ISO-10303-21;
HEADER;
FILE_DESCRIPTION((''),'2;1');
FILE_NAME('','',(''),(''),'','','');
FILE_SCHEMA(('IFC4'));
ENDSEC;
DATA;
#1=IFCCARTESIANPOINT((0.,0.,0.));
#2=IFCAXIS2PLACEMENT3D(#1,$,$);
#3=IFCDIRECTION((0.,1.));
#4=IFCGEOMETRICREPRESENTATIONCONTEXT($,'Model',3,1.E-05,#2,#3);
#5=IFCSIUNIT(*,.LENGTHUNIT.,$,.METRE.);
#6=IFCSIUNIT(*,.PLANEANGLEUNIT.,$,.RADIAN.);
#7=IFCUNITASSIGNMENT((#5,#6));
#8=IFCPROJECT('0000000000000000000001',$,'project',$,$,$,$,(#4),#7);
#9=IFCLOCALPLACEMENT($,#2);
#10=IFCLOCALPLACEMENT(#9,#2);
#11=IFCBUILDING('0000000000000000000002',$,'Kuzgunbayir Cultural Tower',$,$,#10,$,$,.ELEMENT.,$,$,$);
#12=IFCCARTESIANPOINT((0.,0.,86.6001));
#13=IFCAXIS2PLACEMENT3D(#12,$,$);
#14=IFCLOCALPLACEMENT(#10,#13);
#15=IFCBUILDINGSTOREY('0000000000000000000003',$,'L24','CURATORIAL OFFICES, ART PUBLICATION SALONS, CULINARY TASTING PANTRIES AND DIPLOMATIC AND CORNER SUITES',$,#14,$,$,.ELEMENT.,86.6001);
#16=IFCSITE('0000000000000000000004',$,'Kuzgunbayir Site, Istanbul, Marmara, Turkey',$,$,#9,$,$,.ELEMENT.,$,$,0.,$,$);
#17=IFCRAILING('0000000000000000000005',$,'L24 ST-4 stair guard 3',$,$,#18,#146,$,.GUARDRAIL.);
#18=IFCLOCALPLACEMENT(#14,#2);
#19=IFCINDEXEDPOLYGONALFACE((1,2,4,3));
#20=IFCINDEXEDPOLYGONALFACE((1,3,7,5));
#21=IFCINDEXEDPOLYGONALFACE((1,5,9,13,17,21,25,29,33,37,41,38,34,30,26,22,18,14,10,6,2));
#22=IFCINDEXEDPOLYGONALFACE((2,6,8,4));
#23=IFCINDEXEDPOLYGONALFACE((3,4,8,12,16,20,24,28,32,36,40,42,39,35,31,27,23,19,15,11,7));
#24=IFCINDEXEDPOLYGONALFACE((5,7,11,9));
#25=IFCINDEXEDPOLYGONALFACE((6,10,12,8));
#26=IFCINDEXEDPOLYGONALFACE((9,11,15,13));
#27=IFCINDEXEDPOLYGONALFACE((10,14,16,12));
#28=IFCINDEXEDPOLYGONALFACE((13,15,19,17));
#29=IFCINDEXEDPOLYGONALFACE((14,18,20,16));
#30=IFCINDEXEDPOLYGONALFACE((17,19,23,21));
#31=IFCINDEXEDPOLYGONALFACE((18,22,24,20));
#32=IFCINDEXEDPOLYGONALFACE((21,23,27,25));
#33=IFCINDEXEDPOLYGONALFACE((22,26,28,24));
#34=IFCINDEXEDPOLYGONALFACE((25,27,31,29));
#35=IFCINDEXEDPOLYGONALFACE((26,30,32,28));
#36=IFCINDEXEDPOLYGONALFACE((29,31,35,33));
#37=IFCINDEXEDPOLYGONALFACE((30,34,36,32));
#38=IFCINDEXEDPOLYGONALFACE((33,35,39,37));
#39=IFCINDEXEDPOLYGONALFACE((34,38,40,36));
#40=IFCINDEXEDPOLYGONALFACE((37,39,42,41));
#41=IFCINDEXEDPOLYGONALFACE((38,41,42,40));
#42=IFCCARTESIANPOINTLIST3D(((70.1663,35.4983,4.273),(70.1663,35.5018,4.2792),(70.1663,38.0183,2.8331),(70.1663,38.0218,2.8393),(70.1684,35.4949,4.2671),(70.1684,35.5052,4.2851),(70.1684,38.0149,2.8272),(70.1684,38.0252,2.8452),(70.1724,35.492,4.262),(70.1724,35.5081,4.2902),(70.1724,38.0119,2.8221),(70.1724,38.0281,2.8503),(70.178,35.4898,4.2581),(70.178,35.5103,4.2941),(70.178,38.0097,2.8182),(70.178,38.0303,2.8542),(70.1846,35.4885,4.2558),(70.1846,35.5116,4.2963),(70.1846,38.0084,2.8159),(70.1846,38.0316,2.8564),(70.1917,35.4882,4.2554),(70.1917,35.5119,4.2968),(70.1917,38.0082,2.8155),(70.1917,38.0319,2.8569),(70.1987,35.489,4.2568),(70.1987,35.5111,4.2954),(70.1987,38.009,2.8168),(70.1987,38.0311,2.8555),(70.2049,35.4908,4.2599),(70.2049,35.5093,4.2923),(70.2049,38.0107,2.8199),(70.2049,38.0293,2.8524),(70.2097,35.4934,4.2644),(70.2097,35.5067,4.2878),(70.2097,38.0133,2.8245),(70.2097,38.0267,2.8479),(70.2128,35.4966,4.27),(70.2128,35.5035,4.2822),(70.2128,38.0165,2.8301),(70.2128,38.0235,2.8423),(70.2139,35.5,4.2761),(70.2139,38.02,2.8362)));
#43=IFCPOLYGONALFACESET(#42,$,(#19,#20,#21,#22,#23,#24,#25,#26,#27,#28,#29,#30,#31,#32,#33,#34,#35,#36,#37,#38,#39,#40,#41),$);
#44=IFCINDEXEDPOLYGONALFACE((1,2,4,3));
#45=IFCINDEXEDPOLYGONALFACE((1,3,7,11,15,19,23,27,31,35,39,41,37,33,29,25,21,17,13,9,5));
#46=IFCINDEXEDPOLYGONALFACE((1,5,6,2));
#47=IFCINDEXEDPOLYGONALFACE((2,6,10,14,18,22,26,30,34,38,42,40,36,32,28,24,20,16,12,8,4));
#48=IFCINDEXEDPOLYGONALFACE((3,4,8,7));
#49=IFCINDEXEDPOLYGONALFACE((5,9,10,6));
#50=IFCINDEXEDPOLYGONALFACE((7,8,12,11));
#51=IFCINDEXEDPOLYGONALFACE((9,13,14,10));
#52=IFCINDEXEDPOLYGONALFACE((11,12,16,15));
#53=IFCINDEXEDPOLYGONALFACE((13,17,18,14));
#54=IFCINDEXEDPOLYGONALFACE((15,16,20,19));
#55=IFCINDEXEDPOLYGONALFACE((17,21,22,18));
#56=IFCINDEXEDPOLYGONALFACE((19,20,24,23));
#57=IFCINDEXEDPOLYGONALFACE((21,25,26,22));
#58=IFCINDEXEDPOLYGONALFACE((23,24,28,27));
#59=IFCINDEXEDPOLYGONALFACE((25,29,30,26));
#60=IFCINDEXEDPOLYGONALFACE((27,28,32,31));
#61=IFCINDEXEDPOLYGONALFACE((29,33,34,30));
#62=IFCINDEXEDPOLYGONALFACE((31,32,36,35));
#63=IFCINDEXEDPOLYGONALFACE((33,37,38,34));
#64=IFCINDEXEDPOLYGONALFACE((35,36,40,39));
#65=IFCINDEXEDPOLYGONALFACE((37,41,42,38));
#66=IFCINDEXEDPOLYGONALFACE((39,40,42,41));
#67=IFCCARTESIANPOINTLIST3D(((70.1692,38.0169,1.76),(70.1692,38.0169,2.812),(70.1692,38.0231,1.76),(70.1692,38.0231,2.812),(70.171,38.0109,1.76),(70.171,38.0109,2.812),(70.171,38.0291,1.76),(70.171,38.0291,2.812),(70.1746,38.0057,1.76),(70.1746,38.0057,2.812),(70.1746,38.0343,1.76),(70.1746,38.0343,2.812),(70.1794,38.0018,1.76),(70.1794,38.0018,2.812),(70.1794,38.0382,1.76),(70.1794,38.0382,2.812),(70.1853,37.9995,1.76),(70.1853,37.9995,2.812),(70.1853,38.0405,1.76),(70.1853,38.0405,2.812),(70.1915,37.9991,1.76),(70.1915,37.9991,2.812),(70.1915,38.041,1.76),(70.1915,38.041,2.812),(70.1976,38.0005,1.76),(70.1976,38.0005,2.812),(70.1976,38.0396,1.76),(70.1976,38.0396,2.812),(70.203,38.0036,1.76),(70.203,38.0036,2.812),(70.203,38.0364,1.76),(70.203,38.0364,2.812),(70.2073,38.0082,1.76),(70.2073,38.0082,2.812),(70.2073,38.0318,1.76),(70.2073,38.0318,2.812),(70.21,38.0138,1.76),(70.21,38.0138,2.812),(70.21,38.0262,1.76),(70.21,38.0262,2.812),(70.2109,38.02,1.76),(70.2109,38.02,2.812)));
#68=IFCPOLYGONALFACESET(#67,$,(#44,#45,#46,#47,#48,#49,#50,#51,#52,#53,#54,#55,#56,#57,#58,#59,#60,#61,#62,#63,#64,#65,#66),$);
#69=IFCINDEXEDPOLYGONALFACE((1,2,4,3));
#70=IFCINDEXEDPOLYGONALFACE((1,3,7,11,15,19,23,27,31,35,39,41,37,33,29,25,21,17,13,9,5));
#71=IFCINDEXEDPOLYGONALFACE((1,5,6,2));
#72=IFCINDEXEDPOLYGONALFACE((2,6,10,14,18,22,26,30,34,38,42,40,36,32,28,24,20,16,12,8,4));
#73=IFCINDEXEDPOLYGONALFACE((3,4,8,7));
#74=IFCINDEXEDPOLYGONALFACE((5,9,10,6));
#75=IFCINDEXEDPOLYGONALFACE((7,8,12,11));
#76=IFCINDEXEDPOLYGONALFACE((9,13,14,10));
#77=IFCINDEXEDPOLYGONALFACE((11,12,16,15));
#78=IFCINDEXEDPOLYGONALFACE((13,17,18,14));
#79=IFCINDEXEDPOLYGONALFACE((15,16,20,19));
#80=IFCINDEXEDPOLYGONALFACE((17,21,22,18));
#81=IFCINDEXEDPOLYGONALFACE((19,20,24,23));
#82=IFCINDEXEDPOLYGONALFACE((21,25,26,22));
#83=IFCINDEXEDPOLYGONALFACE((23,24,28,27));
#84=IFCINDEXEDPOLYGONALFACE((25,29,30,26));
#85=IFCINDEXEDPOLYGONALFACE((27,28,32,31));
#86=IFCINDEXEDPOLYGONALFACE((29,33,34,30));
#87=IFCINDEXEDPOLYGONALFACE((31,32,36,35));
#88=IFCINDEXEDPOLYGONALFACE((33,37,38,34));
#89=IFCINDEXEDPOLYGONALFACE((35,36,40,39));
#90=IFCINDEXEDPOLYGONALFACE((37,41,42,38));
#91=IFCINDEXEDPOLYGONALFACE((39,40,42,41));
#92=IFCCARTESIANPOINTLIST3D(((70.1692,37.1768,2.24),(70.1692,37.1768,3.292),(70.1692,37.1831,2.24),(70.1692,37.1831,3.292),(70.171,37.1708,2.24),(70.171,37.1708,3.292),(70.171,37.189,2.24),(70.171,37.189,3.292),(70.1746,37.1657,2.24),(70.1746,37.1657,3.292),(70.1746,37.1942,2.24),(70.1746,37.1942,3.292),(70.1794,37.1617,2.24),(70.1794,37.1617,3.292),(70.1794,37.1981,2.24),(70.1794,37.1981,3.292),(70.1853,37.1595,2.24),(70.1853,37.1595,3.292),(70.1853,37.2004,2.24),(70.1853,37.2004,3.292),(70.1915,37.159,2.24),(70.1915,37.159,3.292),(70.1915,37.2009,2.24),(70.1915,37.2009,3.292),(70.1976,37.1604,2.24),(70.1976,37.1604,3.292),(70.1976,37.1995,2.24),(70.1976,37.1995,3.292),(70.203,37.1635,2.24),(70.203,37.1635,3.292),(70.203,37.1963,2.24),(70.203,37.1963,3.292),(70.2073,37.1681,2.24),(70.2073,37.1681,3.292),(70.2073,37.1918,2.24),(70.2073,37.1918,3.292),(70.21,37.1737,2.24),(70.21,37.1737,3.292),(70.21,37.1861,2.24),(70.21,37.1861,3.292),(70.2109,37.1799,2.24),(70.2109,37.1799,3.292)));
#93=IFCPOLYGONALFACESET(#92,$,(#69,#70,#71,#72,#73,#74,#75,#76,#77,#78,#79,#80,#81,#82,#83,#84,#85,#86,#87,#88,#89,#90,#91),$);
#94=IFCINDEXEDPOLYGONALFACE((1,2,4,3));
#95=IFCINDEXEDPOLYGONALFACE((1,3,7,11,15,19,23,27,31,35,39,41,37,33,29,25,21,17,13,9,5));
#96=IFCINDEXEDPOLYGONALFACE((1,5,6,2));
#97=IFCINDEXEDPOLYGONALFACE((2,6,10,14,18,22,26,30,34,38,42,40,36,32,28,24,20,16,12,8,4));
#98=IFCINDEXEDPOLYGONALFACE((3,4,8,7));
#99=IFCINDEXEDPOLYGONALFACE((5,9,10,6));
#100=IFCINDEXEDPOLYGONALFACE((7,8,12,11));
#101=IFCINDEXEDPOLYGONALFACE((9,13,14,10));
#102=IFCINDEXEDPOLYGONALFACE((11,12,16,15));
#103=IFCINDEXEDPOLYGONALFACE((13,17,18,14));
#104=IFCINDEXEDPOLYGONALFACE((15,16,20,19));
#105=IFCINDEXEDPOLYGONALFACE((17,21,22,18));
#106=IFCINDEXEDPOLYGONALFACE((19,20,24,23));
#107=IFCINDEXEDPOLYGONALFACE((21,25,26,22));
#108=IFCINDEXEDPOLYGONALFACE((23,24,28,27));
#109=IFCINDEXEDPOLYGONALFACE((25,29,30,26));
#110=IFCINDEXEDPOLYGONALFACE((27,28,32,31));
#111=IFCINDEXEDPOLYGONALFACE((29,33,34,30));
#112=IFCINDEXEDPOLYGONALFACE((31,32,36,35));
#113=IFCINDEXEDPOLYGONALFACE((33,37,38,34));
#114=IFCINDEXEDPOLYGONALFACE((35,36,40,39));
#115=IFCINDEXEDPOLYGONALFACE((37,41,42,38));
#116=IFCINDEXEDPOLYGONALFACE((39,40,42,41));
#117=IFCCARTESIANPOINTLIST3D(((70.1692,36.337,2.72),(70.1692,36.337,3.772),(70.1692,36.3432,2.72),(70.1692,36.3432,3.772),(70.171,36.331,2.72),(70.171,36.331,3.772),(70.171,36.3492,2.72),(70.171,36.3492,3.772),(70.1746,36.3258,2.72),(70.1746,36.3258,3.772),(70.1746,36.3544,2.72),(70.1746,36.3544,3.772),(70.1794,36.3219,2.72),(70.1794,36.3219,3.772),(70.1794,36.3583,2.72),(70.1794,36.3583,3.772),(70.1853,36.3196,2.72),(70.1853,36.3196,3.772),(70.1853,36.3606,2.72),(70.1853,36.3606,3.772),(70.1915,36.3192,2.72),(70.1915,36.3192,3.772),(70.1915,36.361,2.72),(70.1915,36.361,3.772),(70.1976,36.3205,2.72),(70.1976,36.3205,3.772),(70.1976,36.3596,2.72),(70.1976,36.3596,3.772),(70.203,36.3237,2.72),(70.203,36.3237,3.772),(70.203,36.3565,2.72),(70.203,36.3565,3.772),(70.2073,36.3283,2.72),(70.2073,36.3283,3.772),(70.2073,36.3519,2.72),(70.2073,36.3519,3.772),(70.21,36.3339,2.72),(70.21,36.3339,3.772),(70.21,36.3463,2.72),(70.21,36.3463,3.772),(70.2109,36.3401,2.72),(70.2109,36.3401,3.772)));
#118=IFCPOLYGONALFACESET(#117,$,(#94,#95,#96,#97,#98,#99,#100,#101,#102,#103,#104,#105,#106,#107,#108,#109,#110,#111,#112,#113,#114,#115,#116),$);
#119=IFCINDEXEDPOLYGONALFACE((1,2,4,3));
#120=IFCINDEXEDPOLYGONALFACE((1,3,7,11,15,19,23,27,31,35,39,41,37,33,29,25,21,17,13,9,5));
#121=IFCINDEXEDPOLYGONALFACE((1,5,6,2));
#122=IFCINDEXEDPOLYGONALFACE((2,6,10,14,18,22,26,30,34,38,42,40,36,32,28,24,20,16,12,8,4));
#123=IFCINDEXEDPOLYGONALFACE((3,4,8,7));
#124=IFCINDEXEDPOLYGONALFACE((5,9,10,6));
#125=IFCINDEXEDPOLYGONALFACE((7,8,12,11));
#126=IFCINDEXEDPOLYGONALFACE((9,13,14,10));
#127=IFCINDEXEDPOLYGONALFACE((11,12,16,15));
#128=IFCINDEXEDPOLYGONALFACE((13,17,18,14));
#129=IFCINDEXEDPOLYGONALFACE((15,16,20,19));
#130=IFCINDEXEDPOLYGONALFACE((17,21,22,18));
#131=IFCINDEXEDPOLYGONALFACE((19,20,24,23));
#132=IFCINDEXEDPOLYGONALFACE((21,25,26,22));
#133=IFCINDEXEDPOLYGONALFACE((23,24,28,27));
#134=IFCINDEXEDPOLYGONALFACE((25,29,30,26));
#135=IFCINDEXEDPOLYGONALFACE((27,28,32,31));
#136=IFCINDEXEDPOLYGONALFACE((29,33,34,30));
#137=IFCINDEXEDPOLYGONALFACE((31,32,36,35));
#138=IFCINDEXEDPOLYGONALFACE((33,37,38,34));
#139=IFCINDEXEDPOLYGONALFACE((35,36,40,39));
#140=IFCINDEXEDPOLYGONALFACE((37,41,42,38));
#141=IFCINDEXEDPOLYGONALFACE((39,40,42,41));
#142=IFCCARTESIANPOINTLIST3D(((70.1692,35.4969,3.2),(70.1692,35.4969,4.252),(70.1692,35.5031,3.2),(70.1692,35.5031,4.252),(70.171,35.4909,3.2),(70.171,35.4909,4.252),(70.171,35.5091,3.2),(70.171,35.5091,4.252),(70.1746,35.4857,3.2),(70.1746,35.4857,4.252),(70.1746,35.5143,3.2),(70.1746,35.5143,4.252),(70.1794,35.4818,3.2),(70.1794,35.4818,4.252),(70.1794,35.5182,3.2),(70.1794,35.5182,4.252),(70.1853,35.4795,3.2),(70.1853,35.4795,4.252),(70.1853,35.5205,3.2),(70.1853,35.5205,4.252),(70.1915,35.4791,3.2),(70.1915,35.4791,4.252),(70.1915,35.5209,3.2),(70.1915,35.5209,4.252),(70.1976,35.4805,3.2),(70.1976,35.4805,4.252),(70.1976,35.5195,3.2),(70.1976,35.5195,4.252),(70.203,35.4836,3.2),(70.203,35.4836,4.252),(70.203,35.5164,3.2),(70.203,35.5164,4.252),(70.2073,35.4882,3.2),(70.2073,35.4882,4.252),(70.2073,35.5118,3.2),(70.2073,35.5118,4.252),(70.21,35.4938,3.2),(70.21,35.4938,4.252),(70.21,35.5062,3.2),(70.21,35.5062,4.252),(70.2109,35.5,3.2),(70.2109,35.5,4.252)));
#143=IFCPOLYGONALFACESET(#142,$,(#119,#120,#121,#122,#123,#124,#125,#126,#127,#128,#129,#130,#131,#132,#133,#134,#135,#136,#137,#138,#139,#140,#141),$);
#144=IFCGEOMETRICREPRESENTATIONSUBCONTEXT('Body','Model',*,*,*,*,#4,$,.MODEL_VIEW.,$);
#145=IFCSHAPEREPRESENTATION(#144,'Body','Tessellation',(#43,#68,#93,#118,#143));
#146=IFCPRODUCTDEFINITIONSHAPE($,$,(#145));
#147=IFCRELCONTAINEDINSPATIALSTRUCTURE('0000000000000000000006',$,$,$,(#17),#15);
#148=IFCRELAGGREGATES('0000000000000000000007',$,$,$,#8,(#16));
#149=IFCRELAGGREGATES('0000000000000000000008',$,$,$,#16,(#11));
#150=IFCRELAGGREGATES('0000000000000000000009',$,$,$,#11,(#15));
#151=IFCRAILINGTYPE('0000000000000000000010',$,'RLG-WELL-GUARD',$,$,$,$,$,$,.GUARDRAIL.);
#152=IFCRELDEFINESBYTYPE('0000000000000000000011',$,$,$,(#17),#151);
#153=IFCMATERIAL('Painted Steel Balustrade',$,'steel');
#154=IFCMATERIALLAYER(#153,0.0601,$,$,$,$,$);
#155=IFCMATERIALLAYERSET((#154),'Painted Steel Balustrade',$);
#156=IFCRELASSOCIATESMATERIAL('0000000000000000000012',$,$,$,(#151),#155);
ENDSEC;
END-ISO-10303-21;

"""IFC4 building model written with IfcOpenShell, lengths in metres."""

from ifc_helpers import new_model, si_unit, direction, frame, origin, origin_2d, place, context, subcontext, project, spatial, circle, extrude, material, layer, layer_set, type_object, element, save


model = new_model("IFC4")

# Units and contexts
model_context = context("Model", 3, precision=1e-05, world=origin(), true_north=direction((0.0, 1.0)))
body_context = subcontext(model_context, "Body", "Model", "MODEL_VIEW")
ifc_project = project(units=[si_unit("LENGTHUNIT", "METRE"), si_unit("PLANEANGLEUNIT", "RADIAN")], contexts=[model_context])

# Site, building, storey
site_placement = place(None, origin())
site = spatial("IfcSite", under=ifc_project, at=site_placement, Name="Kuzgunbayir Site, Istanbul, Marmara, Turkey", CompositionType="ELEMENT", RefElevation=0.0)
building_placement = place(site_placement, origin())
building = spatial("IfcBuilding", under=site, at=building_placement, Name="Kuzgunbayir Cultural Tower", CompositionType="ELEMENT")
storey_placement = place(building_placement, frame((0.0, 0.0, 86.6001)))
storey = spatial("IfcBuildingStorey", under=building, at=storey_placement, Name="L24", Description="CURATORIAL OFFICES, ART PUBLICATION SALONS, CULINARY TASTING PANTRIES AND DIPLOMATIC AND CORNER SUITES", CompositionType="ELEMENT", Elevation=86.6001)

# Railing
ifc_material_1 = material(Name="Painted Steel Balustrade", Category="steel")
ifc_layer_1 = layer(ifc_material_1, 0.0601)
ifc_layer_set_1 = layer_set([ifc_layer_1], Name="Painted Steel Balustrade")
railing_type_1 = type_object("IfcRailingType", Name="RLG-WELL-GUARD", PredefinedType="GUARDRAIL", material=ifc_layer_set_1)
railing_1_placement = place(storey_placement, frame((70.1899, 38.02, 1.76)))
element("IfcRailing", 1, at=railing_1_placement, inside=storey, type_object=railing_type_1, Name="L24 ST-4 stair guard 3", PredefinedType="GUARDRAIL", context=body_context, shape_type="SweptSolid", body=[
    extrude(circle(Radius=0.0239, at=origin_2d()), frame((0.0, 0.0, 1.0762), z_axis=(0.0, -0.868253, 0.496121), x_axis=(1.0, 0.0, 0.0)), (0.0, 0.0, 1.0), 2.9023),
    extrude(circle(Radius=0.021, at=origin_2d()), origin(), (0.0, 0.0, 1.0), 1.052),
    extrude(circle(Radius=0.021, at=origin_2d()), frame((0.0, -0.8401, 0.48)), (0.0, 0.0, 1.0), 1.052),
    extrude(circle(Radius=0.021, at=origin_2d()), frame((0.0, -1.6799, 0.96)), (0.0, 0.0, 1.0), 1.052),
    extrude(circle(Radius=0.021, at=origin_2d()), frame((0.0, -2.52, 1.4399)), (0.0, 0.0, 1.0), 1.052),
])

save(model, "model.ifc")
